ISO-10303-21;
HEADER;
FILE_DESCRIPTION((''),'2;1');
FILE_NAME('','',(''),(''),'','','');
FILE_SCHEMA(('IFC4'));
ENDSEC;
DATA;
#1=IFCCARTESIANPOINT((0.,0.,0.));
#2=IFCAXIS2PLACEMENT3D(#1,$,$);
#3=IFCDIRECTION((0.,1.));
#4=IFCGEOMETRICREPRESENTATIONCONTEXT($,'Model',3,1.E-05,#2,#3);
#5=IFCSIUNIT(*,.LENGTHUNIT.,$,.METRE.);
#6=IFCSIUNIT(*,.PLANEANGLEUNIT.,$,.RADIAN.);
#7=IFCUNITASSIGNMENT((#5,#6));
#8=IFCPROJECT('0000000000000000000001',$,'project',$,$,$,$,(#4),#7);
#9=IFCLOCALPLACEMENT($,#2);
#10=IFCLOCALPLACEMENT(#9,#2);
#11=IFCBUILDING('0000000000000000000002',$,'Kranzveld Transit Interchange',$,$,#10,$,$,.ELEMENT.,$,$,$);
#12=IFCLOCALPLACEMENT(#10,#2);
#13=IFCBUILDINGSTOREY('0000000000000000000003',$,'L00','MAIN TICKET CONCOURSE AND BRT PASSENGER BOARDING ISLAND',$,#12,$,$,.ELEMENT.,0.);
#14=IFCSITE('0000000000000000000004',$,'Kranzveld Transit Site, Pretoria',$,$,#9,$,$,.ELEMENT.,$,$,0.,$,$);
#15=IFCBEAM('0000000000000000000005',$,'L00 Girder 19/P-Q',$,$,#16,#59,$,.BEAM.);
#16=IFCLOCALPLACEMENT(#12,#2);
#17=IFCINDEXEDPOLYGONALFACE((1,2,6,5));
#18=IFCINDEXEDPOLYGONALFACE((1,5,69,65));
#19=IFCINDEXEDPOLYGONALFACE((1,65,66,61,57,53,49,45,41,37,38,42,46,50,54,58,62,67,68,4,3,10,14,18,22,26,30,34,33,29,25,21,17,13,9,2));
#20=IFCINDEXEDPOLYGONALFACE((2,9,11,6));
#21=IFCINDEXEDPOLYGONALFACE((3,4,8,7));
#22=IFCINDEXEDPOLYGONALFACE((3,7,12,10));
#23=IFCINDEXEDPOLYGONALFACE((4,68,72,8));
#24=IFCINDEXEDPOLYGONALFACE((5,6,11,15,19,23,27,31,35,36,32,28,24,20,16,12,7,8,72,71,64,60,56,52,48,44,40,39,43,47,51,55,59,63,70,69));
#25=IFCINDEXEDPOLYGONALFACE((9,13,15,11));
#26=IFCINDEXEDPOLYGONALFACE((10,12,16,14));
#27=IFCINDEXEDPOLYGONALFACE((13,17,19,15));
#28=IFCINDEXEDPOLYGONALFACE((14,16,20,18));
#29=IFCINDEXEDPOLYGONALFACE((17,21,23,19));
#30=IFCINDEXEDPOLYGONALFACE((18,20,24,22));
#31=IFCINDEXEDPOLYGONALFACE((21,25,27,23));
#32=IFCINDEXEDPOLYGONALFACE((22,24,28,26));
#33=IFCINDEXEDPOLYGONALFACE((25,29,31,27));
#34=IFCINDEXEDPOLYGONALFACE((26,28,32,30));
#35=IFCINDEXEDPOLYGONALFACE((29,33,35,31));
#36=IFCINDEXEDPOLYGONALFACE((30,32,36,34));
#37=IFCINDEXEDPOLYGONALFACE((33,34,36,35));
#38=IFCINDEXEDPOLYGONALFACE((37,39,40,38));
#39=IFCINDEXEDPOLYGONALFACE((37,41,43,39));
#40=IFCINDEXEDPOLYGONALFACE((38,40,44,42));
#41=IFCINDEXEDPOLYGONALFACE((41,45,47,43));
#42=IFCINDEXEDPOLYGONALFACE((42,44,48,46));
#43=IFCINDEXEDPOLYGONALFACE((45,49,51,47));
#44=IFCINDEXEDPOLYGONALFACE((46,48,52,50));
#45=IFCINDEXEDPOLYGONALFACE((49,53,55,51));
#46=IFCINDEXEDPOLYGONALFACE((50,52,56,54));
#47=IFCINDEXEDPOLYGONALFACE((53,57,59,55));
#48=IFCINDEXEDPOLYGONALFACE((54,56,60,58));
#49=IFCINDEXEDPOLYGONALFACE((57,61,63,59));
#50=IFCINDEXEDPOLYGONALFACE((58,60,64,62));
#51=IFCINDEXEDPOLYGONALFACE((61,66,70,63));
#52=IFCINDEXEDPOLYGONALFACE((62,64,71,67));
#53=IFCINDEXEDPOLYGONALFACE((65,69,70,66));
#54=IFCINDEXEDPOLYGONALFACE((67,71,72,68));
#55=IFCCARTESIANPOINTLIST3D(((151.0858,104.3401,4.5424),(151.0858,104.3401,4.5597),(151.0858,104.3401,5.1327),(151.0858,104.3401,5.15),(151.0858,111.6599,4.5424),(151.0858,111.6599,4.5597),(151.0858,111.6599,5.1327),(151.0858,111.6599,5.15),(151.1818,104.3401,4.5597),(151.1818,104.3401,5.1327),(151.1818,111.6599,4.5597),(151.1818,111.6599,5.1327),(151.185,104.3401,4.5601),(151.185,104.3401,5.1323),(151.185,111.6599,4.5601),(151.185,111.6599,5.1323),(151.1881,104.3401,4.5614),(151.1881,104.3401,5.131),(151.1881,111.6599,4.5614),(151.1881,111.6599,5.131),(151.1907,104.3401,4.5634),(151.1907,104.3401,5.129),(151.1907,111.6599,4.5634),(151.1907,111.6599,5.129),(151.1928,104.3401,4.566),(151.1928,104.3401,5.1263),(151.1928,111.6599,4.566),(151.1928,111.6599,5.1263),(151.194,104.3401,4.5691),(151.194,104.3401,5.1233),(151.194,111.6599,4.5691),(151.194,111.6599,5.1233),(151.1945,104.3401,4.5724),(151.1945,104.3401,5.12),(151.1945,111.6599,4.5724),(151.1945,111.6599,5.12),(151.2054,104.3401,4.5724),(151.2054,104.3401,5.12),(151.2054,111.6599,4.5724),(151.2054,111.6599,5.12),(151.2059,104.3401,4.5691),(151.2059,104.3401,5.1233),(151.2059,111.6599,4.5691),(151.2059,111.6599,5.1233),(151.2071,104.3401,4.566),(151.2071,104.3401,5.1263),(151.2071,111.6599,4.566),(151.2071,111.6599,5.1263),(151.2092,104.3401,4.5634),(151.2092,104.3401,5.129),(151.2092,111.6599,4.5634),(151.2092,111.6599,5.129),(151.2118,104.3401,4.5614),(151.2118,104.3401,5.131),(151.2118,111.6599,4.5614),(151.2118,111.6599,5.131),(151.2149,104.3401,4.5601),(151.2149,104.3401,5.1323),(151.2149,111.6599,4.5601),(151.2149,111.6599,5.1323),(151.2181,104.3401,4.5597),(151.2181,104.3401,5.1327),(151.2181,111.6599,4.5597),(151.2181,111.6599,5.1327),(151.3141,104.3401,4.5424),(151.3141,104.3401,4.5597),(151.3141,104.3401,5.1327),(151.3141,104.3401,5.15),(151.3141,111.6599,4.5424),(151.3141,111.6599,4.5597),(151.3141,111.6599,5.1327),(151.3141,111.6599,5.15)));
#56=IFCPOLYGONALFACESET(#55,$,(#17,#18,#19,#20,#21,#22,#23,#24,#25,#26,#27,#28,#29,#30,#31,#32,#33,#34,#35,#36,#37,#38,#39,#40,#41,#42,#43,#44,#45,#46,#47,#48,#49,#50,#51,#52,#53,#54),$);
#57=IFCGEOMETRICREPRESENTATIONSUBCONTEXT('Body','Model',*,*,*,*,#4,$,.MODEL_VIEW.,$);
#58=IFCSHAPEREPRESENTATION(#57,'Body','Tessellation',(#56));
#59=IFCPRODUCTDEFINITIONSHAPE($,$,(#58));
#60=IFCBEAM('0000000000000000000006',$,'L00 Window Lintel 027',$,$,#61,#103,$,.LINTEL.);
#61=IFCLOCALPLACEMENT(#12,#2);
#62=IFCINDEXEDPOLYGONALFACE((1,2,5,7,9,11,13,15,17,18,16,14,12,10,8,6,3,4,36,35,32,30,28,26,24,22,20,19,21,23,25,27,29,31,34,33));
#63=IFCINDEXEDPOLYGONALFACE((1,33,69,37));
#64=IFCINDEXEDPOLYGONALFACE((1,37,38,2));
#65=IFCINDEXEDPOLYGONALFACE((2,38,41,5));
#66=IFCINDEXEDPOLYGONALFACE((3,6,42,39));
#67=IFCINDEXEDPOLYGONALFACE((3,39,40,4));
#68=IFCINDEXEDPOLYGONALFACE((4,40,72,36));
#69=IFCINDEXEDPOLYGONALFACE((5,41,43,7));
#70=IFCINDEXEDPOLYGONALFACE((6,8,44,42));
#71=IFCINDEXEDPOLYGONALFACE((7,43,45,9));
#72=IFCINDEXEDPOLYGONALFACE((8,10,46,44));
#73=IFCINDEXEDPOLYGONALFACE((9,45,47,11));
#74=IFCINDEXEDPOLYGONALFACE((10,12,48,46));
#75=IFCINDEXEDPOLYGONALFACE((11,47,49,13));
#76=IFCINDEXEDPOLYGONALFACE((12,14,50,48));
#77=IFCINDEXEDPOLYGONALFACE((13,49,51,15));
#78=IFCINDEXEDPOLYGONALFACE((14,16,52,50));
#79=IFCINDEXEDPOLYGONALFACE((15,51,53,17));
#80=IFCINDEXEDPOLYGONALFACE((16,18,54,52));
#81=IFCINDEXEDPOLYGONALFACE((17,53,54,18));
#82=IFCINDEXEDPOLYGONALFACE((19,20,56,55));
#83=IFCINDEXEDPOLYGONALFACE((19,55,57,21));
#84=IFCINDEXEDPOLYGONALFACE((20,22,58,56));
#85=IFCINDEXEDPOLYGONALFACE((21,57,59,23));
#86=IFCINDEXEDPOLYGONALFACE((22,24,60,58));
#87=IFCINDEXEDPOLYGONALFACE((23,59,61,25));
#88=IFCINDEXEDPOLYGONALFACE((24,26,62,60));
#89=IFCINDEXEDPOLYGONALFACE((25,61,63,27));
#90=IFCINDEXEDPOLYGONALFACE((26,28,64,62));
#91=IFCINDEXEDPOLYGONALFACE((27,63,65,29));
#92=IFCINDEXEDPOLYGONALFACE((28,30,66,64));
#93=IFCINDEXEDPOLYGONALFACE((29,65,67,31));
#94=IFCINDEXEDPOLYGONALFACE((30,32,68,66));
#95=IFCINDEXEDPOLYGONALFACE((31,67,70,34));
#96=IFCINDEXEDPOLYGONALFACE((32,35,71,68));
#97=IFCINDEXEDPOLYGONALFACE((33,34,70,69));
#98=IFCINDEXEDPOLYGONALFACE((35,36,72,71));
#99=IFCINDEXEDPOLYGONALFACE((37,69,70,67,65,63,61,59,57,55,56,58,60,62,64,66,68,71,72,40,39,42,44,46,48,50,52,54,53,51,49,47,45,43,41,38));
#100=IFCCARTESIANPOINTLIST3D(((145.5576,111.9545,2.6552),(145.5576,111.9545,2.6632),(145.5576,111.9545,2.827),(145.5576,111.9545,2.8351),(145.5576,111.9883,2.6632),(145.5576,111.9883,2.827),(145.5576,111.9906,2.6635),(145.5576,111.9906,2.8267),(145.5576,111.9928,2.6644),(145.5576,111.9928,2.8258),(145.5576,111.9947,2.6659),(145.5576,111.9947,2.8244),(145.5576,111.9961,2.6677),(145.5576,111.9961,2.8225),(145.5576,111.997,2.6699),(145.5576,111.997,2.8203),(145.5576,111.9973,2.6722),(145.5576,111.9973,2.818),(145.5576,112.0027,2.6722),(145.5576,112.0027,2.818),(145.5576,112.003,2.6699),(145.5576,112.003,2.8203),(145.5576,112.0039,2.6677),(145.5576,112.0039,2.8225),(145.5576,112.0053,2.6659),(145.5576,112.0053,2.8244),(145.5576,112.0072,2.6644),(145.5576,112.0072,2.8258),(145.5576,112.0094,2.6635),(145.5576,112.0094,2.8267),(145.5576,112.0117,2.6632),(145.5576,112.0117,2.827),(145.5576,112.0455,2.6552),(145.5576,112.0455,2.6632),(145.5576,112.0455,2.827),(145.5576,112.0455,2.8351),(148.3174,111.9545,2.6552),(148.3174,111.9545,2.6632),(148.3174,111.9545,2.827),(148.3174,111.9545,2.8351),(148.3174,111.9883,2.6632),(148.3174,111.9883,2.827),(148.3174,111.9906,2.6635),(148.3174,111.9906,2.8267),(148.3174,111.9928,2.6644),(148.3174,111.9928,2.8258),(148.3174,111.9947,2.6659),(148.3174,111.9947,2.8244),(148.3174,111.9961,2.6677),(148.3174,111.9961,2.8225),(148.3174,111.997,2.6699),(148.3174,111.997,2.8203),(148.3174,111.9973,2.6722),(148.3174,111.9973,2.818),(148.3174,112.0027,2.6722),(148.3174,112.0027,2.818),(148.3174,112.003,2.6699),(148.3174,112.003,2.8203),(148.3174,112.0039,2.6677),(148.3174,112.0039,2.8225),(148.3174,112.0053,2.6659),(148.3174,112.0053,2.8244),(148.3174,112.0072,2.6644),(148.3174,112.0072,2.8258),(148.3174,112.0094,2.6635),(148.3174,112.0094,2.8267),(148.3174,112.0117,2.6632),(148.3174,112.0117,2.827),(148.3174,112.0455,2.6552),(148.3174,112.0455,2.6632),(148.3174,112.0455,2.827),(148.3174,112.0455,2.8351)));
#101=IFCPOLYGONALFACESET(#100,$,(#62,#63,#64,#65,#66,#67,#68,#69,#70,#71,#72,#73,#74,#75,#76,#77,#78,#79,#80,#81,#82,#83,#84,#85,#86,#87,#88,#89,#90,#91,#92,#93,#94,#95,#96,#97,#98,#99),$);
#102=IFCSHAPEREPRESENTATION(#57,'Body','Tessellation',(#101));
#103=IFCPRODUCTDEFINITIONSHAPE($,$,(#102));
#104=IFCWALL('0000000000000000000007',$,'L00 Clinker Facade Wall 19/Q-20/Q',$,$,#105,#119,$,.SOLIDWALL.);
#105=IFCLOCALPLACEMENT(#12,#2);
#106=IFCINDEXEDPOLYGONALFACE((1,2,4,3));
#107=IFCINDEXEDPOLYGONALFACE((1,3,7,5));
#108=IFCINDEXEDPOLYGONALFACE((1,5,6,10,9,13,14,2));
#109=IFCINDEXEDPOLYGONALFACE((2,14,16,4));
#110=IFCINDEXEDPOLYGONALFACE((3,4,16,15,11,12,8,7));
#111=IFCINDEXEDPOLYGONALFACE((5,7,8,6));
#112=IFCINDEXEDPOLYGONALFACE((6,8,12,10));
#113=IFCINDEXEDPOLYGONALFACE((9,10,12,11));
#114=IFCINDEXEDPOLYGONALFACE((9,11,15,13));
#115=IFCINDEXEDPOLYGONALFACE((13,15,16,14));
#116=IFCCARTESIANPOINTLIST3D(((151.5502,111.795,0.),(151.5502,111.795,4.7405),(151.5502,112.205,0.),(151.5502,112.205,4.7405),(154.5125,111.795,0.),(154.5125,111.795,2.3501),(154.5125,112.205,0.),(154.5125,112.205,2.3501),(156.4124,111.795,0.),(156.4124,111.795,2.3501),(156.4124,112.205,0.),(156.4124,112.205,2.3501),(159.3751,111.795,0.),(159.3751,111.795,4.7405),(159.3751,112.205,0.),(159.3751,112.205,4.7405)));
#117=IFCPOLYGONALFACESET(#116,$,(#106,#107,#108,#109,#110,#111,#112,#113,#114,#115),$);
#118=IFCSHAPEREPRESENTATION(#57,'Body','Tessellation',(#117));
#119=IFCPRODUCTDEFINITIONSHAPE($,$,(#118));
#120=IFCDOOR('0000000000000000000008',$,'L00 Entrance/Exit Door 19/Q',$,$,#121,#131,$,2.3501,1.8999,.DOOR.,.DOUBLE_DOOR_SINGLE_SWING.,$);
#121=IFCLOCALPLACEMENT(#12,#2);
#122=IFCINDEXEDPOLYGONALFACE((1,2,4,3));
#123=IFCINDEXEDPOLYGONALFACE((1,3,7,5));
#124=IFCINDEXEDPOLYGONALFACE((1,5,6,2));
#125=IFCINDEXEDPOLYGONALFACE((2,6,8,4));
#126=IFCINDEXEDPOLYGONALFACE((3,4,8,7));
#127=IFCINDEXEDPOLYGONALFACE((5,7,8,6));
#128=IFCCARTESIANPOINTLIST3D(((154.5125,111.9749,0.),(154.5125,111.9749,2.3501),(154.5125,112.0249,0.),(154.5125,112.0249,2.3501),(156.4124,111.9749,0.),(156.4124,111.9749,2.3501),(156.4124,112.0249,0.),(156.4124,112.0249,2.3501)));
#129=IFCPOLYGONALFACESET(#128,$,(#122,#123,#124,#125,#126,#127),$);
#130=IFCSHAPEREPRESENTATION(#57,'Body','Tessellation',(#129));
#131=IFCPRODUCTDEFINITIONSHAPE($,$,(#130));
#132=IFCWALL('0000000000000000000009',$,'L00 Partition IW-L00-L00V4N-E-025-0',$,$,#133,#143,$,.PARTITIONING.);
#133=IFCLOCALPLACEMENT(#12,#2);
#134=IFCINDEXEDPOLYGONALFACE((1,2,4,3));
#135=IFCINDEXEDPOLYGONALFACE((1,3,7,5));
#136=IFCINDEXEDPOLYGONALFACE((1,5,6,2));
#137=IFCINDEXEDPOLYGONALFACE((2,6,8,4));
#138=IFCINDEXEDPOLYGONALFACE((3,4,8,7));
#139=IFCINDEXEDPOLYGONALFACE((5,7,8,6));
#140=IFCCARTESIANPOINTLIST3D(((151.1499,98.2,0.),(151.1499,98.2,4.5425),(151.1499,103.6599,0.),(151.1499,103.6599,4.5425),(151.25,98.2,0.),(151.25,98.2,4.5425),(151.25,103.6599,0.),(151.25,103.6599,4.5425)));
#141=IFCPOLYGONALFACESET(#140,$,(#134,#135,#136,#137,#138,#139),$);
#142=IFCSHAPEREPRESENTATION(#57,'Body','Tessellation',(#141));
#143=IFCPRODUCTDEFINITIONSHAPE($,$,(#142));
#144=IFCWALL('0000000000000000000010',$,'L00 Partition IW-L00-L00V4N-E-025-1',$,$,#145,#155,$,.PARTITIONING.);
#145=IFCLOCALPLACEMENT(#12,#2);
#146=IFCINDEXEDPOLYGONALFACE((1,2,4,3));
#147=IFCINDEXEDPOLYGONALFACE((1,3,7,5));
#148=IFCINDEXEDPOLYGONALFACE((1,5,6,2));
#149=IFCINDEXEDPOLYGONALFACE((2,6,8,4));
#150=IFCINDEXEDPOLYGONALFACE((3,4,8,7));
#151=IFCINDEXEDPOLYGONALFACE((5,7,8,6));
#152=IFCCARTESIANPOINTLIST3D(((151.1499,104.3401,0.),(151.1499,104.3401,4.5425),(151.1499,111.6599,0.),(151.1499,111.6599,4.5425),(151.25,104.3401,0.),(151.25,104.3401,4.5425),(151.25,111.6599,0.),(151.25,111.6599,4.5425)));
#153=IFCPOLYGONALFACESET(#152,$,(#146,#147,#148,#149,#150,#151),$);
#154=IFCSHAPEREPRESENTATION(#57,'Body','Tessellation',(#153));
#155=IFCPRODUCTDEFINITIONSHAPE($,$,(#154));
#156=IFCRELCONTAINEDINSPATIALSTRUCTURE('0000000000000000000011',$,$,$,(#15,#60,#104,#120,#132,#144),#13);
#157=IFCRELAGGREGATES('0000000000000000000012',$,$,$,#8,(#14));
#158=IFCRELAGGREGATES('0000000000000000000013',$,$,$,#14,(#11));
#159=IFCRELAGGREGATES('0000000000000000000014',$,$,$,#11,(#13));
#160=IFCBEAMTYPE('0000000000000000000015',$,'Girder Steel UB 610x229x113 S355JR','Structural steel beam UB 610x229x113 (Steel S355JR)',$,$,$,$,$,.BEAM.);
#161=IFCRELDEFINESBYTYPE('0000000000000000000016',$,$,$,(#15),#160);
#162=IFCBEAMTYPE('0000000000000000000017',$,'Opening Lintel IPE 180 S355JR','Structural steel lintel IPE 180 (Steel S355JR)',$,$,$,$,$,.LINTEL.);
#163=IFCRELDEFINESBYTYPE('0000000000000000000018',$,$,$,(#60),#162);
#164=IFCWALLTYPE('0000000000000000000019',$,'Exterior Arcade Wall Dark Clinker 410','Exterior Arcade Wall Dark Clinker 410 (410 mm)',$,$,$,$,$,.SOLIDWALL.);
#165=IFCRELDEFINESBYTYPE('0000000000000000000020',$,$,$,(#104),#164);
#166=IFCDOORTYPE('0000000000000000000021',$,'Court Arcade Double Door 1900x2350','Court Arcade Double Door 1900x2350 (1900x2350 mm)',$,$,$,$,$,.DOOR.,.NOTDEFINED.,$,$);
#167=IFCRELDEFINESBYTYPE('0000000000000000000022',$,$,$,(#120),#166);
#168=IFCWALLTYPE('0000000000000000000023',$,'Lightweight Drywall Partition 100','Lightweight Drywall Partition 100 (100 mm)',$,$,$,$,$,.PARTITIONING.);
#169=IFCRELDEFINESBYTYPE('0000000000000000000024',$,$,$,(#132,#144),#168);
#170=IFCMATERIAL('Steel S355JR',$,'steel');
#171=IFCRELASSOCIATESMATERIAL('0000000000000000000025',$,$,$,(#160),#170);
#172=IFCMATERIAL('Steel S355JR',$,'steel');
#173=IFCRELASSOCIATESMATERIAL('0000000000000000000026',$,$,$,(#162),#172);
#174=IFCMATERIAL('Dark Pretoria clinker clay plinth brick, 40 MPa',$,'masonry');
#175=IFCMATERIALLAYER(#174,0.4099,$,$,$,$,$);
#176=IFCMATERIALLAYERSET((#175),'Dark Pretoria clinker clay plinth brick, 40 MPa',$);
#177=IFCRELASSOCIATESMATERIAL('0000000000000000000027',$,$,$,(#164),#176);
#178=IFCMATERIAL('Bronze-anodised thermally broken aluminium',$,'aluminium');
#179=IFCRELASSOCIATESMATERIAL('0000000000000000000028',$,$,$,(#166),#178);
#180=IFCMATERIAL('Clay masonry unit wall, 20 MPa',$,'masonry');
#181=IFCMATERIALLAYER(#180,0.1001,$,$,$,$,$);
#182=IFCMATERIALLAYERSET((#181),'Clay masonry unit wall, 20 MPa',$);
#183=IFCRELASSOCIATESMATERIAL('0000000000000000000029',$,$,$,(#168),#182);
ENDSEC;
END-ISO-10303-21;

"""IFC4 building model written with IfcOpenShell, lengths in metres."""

from ifc_helpers import new_model, si_unit, direction, frame, frame_2d, origin, origin_2d, place, context, subcontext, project, spatial, rectangle, i_section, extrude, material, layer, layer_set, material_profile, profile_set, type_object, element, fill, save


model = new_model("IFC4")

# Units and contexts
model_context = context("Model", 3, precision=1e-05, world=origin(), true_north=direction((0.0, 1.0)))
body_context = subcontext(model_context, "Body", "Model", "MODEL_VIEW")
ifc_project = project(units=[si_unit("LENGTHUNIT", "METRE"), si_unit("PLANEANGLEUNIT", "RADIAN")], contexts=[model_context])

# Site, building, storey
site_placement = place(None, origin())
site = spatial("IfcSite", under=ifc_project, at=site_placement, Name="Kranzveld Transit Site, Pretoria", CompositionType="ELEMENT", RefElevation=0.0)
building_placement = place(site_placement, origin())
building = spatial("IfcBuilding", under=site, at=building_placement, Name="Kranzveld Transit Interchange", CompositionType="ELEMENT")
storey_placement = place(building_placement, origin())
storey = spatial("IfcBuildingStorey", under=building, at=storey_placement, Name="L00", Description="MAIN TICKET CONCOURSE AND BRT PASSENGER BOARDING ISLAND", CompositionType="ELEMENT", Elevation=0.0)

# Beams
ifc_material_1 = material(Name="Steel S355JR", Category="steel")
ifc_material_profile_1 = material_profile(ifc_material_1, i_section(OverallWidth=0.2283, OverallDepth=0.6077, WebThickness=0.011, FlangeThickness=0.0173, FilletRadius=0.0127, at=origin_2d()), Name="UB 610x229x113")
ifc_profile_set_1 = profile_set([ifc_material_profile_1], Name="Steel S355JR")
beam_type_1 = type_object("IfcBeamType", Name="Girder Steel UB 610x229x113 S355JR", Description="Structural steel beam UB 610x229x113 (Steel S355JR)", PredefinedType="BEAM", material=ifc_profile_set_1)
for number, where, z_axis, x_axis, name in (
    (1, (151.2, 104.3401, 4.8462), (0.0, 1.0, 0.0), (-1.0, 0.0, 0.0), "L00 Girder 19/P-Q"),
):
    element("IfcBeam", number, at=place(storey_placement, frame(where, z_axis=z_axis, x_axis=x_axis)), inside=storey, type_object=beam_type_1, Name=name, PredefinedType="BEAM", context=body_context, shape_type="SweptSolid", body=[
        extrude(i_section(OverallWidth=0.2283, OverallDepth=0.6077, WebThickness=0.011, FlangeThickness=0.0173, FilletRadius=0.0127, at=origin_2d()), origin(), (0.0, 0.0, 1.0), 7.3198),
    ])
ifc_material_2 = material(Name="Steel S355JR", Category="steel")
ifc_material_profile_2 = material_profile(ifc_material_2, i_section(OverallWidth=0.0911, OverallDepth=0.1799, WebThickness=0.0054, FlangeThickness=0.0081, FilletRadius=0.009, at=origin_2d()), Name="IPE 180")
ifc_profile_set_2 = profile_set([ifc_material_profile_2], Name="Steel S355JR")
beam_type_2 = type_object("IfcBeamType", Name="Opening Lintel IPE 180 S355JR", Description="Structural steel lintel IPE 180 (Steel S355JR)", PredefinedType="LINTEL", material=ifc_profile_set_2)
beam_1_placement = place(storey_placement, frame((145.5576, 112.0, 2.7451), z_axis=(1.0, 0.0, 0.0), x_axis=(0.0, 1.0, 0.0)))
element("IfcBeam", 2, at=beam_1_placement, inside=storey, type_object=beam_type_2, Name="L00 Window Lintel 027", PredefinedType="LINTEL", context=body_context, shape_type="SweptSolid", body=[
    extrude(i_section(OverallWidth=0.0911, OverallDepth=0.1799, WebThickness=0.0054, FlangeThickness=0.0081, FilletRadius=0.009, at=origin_2d()), origin(), (0.0, 0.0, 1.0), 2.7598),
])

# Wall, opening, door
ifc_material_3 = material(Name="Dark Pretoria clinker clay plinth brick, 40 MPa", Category="masonry")
ifc_layer_1 = layer(ifc_material_3, 0.4099)
ifc_layer_set_1 = layer_set([ifc_layer_1], Name="Dark Pretoria clinker clay plinth brick, 40 MPa")
wall_type_1 = type_object("IfcWallType", Name="Exterior Arcade Wall Dark Clinker 410", Description="Exterior Arcade Wall Dark Clinker 410 (410 mm)", PredefinedType="SOLIDWALL", material=ifc_layer_set_1)
wall_1_placement = place(storey_placement, frame((151.55, 112.0, 0.0), z_axis=(0.0, 0.0, 1.0), x_axis=(1.0, 0.0, 0.0)))
wall_1 = element("IfcWall", 3, at=wall_1_placement, inside=storey, type_object=wall_type_1, Name="L00 Clinker Facade Wall 19/Q-20/Q", PredefinedType="SOLIDWALL", context=body_context, shape_type="SweptSolid", body=[
    extrude(rectangle(XDim=7.825, YDim=0.4099, at=frame_2d((3.9126, 0.0))), origin(), (0.0, 0.0, 1.0), 4.7405),
])
opening_1_placement = place(wall_1_placement, frame((2.9624, 0.0, 0.0), z_axis=(0.0, 0.0, 1.0), x_axis=(1.0, 0.0, 0.0)))
opening_1 = element("IfcOpeningElement", 4, at=opening_1_placement, cuts=wall_1, PredefinedType="OPENING", context=body_context, shape_type="SweptSolid", body=[
    extrude(rectangle(XDim=1.8999, YDim=2.3501, at=frame_2d((0.95, 1.175))), frame((0.0, 0.2148, 0.0), z_axis=(0.0, -1.0, 0.0), x_axis=(1.0, 0.0, 0.0)), (0.0, 0.0, 1.0), 0.4299),
])
ifc_material_4 = material(Name="Bronze-anodised thermally broken aluminium", Category="aluminium")
door_type_1 = type_object("IfcDoorType", Name="Court Arcade Double Door 1900x2350", Description="Court Arcade Double Door 1900x2350 (1900x2350 mm)", OperationType="NOTDEFINED", PredefinedType="DOOR", material=ifc_material_4)
door_1_placement = place(opening_1_placement, origin())
door_1 = element("IfcDoor", 5, at=door_1_placement, inside=storey, type_object=door_type_1, Name="L00 Entrance/Exit Door 19/Q", OperationType="DOUBLE_DOOR_SINGLE_SWING", OverallHeight=2.3501, OverallWidth=1.8999, PredefinedType="DOOR", context=body_context, shape_type="SweptSolid", body=[
    extrude(rectangle(XDim=1.8999, YDim=2.3501, at=frame_2d((0.95, 1.175))), frame((0.0, 0.0249, 0.0), z_axis=(0.0, -1.0, 0.0), x_axis=(1.0, 0.0, 0.0)), (0.0, 0.0, 1.0), 0.05),
])
fill(opening_1, door_1)

# Walls
ifc_material_5 = material(Name="Clay masonry unit wall, 20 MPa", Category="masonry")
ifc_layer_2 = layer(ifc_material_5, 0.1001)
ifc_layer_set_2 = layer_set([ifc_layer_2], Name="Clay masonry unit wall, 20 MPa")
wall_type_2 = type_object("IfcWallType", Name="Lightweight Drywall Partition 100", Description="Lightweight Drywall Partition 100 (100 mm)", PredefinedType="PARTITIONING", material=ifc_layer_set_2)
wall_2_placement = place(storey_placement, frame((151.2, 98.2, 0.0), z_axis=(0.0, 0.0, 1.0), x_axis=(0.0, 1.0, 0.0)))
element("IfcWall", 6, at=wall_2_placement, inside=storey, type_object=wall_type_2, Name="L00 Partition IW-L00-L00V4N-E-025-0", PredefinedType="PARTITIONING", context=body_context, shape_type="SweptSolid", body=[
    extrude(rectangle(XDim=5.46, YDim=0.1001, at=frame_2d((2.73, 0.0))), origin(), (0.0, 0.0, 1.0), 4.5425),
])
wall_3_placement = place(storey_placement, frame((151.2, 104.3401, 0.0), z_axis=(0.0, 0.0, 1.0), x_axis=(0.0, 1.0, 0.0)))
element("IfcWall", 7, at=wall_3_placement, inside=storey, type_object=wall_type_2, Name="L00 Partition IW-L00-L00V4N-E-025-1", PredefinedType="PARTITIONING", context=body_context, shape_type="SweptSolid", body=[
    extrude(rectangle(XDim=7.3198, YDim=0.1001, at=frame_2d((3.6599, 0.0))), origin(), (0.0, 0.0, 1.0), 4.5425),
])

save(model, "model.ifc")
